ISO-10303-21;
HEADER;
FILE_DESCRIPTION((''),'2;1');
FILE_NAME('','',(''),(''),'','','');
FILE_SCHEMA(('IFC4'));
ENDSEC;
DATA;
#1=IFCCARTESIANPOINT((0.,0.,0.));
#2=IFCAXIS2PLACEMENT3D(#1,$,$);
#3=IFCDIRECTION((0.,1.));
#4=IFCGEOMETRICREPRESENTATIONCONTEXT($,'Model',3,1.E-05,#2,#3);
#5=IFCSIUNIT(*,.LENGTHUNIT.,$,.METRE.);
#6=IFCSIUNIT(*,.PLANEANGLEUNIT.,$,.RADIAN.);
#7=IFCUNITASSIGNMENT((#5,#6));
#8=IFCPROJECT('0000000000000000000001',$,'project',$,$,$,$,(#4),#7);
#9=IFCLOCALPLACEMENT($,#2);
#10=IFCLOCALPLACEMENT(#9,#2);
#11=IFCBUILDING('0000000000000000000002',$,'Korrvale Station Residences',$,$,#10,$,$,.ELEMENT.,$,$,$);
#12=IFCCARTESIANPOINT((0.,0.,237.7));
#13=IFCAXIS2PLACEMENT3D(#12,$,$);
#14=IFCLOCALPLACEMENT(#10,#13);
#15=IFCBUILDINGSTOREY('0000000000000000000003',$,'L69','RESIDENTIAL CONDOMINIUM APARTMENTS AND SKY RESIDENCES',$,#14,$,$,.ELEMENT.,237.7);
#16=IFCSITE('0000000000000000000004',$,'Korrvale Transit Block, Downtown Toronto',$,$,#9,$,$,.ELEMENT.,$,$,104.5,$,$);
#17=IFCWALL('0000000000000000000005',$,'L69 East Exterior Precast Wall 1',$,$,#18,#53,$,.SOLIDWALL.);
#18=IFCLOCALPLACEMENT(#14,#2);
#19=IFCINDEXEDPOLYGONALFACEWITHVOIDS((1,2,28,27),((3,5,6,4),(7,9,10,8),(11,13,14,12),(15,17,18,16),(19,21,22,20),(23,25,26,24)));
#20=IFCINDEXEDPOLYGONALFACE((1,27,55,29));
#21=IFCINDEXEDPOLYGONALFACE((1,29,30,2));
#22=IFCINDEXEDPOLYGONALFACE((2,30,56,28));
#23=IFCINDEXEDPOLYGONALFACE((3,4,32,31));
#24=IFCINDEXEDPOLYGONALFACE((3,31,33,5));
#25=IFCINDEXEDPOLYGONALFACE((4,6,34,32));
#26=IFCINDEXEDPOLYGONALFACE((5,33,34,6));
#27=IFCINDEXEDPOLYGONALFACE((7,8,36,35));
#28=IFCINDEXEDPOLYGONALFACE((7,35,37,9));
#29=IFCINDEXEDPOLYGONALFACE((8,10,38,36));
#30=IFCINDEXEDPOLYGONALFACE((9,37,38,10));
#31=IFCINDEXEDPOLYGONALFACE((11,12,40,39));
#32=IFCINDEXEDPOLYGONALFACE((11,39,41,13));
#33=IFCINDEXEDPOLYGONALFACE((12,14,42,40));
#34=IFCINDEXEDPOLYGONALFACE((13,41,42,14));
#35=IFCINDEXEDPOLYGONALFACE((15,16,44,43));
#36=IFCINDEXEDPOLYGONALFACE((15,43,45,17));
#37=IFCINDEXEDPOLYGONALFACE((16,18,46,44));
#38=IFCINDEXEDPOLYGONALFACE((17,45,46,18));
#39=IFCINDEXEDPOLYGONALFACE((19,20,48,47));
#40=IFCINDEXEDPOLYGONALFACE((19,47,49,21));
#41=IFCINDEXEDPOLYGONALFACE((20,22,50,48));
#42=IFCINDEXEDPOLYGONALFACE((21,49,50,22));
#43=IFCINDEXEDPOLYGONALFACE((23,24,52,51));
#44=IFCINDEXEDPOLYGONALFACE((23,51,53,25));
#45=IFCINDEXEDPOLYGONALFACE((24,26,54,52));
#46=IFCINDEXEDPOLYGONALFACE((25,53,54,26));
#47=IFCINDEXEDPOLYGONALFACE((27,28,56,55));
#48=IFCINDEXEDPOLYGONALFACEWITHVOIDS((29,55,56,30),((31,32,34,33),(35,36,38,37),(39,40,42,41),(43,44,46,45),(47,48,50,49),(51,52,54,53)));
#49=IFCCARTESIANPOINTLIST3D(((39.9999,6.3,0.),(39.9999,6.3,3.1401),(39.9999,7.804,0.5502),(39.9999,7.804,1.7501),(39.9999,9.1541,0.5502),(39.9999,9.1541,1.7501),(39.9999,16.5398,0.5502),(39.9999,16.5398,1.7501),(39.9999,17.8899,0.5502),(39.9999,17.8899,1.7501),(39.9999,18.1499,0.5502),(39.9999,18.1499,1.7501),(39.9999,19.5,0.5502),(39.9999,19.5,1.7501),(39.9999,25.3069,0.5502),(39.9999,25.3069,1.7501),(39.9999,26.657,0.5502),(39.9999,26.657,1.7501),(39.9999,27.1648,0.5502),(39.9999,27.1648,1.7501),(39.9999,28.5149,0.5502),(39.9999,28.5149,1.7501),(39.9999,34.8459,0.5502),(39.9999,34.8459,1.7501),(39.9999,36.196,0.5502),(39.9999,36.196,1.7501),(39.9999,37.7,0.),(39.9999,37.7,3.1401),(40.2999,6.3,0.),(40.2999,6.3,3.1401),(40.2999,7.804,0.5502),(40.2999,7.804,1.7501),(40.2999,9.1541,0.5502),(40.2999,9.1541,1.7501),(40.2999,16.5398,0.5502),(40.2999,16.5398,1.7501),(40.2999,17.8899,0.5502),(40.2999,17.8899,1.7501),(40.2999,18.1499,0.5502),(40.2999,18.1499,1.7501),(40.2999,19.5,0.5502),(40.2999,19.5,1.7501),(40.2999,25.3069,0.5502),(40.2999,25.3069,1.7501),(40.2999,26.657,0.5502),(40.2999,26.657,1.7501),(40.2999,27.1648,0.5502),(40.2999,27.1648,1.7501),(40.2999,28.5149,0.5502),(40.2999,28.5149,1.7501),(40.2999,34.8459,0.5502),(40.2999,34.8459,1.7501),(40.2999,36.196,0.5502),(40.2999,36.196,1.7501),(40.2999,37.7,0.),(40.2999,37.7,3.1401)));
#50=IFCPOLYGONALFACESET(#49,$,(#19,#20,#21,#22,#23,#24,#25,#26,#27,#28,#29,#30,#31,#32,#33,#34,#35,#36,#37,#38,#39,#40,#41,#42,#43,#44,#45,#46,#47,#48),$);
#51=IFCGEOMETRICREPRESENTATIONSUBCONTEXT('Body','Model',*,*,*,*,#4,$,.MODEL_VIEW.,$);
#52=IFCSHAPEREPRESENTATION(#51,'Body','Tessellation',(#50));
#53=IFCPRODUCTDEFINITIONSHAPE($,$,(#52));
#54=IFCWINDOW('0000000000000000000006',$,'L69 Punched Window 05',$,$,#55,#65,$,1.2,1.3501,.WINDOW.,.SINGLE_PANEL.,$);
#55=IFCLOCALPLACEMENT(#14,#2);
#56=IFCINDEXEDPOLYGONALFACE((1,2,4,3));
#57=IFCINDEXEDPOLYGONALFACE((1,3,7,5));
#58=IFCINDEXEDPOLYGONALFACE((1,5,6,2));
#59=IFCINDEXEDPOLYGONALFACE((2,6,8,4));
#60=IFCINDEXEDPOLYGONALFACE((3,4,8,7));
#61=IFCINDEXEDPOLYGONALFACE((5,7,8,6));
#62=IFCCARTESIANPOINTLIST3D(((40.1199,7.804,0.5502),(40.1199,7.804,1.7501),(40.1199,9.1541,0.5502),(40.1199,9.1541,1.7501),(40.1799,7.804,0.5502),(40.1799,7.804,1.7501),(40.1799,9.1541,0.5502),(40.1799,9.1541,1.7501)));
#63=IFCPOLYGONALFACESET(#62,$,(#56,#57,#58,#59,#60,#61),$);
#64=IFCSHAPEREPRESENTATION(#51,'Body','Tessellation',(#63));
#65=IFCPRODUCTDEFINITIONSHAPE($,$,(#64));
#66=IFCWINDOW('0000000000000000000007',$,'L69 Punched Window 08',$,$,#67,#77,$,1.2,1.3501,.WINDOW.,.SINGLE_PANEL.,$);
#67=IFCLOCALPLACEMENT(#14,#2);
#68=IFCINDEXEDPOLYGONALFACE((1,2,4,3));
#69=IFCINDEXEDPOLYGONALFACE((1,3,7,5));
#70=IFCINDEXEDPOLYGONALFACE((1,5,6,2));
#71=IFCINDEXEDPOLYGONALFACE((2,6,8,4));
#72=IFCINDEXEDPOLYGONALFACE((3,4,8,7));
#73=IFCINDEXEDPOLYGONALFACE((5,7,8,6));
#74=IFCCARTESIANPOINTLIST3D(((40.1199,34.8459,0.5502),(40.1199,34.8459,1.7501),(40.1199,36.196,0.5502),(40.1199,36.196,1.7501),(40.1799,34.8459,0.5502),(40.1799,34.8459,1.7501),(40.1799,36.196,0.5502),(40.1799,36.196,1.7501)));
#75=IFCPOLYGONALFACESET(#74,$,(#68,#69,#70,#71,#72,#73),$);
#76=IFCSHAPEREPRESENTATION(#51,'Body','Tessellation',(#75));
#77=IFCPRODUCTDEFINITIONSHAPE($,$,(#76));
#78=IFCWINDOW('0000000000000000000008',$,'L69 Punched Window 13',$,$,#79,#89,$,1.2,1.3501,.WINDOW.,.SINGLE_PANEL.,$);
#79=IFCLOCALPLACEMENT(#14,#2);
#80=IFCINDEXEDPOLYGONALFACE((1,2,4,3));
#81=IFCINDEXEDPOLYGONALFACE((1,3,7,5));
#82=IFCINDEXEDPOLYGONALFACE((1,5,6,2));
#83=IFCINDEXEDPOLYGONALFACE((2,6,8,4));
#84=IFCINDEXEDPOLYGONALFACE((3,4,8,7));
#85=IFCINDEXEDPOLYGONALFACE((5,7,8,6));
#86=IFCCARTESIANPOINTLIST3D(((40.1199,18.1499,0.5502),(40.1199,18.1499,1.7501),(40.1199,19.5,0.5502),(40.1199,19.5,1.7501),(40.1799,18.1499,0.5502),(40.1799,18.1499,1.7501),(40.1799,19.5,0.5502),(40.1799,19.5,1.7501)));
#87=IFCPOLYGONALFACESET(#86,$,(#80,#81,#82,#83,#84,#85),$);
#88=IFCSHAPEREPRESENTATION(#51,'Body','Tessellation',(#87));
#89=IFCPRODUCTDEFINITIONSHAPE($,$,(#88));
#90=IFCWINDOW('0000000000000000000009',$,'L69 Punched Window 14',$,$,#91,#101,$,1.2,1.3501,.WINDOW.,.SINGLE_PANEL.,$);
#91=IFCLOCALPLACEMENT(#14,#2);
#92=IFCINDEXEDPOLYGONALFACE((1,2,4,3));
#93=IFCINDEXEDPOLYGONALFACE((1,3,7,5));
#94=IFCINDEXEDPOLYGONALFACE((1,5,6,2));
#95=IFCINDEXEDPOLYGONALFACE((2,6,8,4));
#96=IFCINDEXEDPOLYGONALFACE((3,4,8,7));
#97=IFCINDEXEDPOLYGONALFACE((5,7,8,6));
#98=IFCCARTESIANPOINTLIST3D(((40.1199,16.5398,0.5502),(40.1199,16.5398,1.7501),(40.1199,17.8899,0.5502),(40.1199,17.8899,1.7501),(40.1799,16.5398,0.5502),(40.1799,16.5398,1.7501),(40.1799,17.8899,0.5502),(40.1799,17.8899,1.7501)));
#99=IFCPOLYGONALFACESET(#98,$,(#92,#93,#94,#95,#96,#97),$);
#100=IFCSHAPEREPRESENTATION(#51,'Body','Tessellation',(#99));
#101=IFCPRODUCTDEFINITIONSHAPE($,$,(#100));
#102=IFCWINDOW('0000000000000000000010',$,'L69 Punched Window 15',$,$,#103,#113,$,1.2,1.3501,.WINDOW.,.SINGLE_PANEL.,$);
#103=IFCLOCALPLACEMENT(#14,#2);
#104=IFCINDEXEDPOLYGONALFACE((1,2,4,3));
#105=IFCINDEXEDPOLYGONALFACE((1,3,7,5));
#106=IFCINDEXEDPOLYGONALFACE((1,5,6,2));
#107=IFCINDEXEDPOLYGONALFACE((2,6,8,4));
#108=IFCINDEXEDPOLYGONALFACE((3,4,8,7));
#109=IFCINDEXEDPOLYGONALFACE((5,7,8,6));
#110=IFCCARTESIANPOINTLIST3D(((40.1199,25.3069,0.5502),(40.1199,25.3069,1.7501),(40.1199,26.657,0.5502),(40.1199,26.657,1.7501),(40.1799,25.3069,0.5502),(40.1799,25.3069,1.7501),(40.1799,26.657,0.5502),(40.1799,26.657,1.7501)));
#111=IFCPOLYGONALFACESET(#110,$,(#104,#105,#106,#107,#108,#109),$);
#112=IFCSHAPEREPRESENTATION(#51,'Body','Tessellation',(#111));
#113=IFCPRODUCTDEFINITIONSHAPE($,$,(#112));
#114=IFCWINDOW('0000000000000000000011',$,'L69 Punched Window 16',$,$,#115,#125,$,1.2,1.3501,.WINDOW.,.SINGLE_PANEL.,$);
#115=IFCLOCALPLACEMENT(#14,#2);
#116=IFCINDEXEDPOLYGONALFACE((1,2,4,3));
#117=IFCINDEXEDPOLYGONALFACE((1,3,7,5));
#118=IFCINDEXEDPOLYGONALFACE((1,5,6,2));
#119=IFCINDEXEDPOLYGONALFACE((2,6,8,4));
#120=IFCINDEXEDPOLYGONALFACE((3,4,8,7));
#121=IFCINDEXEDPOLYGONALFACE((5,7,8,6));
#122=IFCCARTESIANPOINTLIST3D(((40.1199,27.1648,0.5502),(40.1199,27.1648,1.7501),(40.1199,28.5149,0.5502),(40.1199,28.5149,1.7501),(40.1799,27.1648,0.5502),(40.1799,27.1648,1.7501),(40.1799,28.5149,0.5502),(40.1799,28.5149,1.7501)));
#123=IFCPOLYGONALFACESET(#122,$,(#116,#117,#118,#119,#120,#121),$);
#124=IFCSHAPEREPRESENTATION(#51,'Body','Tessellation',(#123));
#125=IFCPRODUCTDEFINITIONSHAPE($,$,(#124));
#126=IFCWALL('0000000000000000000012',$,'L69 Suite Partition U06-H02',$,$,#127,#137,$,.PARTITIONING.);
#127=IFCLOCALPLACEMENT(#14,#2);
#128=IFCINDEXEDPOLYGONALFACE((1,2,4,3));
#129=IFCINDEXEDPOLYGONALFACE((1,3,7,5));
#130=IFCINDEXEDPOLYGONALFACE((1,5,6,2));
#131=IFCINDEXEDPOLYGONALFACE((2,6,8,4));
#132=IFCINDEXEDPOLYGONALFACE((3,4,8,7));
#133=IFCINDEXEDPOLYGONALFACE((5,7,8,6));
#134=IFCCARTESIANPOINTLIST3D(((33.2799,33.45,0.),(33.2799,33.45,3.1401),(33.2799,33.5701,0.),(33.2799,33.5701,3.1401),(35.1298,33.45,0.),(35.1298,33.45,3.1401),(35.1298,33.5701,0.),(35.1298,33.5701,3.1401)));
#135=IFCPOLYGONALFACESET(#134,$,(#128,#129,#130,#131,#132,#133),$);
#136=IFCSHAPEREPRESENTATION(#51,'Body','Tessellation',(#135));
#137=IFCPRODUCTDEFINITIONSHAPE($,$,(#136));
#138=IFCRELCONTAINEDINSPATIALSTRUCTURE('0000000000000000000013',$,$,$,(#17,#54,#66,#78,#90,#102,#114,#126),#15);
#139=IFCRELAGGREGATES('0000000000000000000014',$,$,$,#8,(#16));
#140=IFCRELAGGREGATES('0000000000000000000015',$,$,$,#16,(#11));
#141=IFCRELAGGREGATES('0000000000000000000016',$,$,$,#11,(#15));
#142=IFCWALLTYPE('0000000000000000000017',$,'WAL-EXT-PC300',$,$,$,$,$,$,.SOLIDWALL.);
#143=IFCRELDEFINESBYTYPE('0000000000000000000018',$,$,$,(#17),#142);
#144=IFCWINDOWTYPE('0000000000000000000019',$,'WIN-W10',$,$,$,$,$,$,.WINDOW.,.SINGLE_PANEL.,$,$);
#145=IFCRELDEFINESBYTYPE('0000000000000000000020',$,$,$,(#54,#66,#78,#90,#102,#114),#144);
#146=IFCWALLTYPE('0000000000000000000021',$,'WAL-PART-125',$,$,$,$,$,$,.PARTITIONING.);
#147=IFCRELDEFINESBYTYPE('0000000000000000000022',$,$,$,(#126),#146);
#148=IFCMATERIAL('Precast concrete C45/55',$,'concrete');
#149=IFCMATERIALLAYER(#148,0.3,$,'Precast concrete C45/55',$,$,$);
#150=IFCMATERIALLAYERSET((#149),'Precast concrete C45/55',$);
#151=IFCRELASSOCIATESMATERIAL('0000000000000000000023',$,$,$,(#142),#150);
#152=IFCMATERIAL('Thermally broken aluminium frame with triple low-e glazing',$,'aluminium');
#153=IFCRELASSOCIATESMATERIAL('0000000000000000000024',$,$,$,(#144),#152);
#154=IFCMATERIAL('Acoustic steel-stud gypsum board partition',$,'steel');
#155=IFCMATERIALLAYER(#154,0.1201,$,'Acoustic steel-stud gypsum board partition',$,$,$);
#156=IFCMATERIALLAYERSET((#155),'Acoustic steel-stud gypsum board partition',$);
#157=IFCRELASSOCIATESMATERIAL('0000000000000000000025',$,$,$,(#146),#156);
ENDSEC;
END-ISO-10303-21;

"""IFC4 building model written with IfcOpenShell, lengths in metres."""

from ifc_helpers import new_model, si_unit, direction, frame, frame_2d, origin, place, context, subcontext, project, spatial, rectangle, extrude, material, layer, layer_set, type_object, element, fill, save


model = new_model("IFC4")

# Units and contexts
model_context = context("Model", 3, precision=1e-05, world=origin(), true_north=direction((0.0, 1.0)))
body_context = subcontext(model_context, "Body", "Model", "MODEL_VIEW")
ifc_project = project(units=[si_unit("LENGTHUNIT", "METRE"), si_unit("PLANEANGLEUNIT", "RADIAN")], contexts=[model_context])

# Site, building, storey
site_placement = place(None, origin())
site = spatial("IfcSite", under=ifc_project, at=site_placement, Name="Korrvale Transit Block, Downtown Toronto", CompositionType="ELEMENT", RefElevation=104.5)
building_placement = place(site_placement, origin())
building = spatial("IfcBuilding", under=site, at=building_placement, Name="Korrvale Station Residences", CompositionType="ELEMENT")
storey_placement = place(building_placement, frame((0.0, 0.0, 237.7)))
storey = spatial("IfcBuildingStorey", under=building, at=storey_placement, Name="L69", Description="RESIDENTIAL CONDOMINIUM APARTMENTS AND SKY RESIDENCES", CompositionType="ELEMENT", Elevation=237.7)

# Shared definitions
ifc_material_1 = material(Name="Precast concrete C45/55", Category="concrete")
ifc_layer_1 = layer(ifc_material_1, 0.3, Name="Precast concrete C45/55")
ifc_layer_set_1 = layer_set([ifc_layer_1], Name="Precast concrete C45/55")
wall_type_1 = type_object("IfcWallType", Name="WAL-EXT-PC300", PredefinedType="SOLIDWALL", material=ifc_layer_set_1)

# Wall, openings, windows
wall_1_placement = place(storey_placement, frame((40.1499, 37.7, 0.0), z_axis=(0.0, 0.0, 1.0), x_axis=(0.0, -1.0, 0.0)))
wall_1 = element("IfcWall", 1, at=wall_1_placement, inside=storey, type_object=wall_type_1, Name="L69 East Exterior Precast Wall 1", PredefinedType="SOLIDWALL", context=body_context, shape_type="SweptSolid", body=[
    extrude(rectangle(XDim=31.3999, YDim=0.3, at=frame_2d((15.7, 0.0))), origin(), (0.0, 0.0, 1.0), 3.1401),
])
opening_1_placement = place(wall_1_placement, frame((28.5459, 0.0, 0.55)))
opening_1 = element("IfcOpeningElement", 2, at=opening_1_placement, cuts=wall_1, PredefinedType="OPENING", context=body_context, shape_type="SweptSolid", body=[
    extrude(rectangle(XDim=1.3501, YDim=1.2, at=frame_2d((0.675, 0.6001))), frame((0.0, 0.1602, 0.0), z_axis=(0.0, -1.0, 0.0), x_axis=(1.0, 0.0, 0.0)), (0.0, 0.0, 1.0), 0.3201),
])
opening_2_placement = place(wall_1_placement, frame((1.5039, 0.0, 0.55)))
opening_2 = element("IfcOpeningElement", 3, at=opening_2_placement, cuts=wall_1, PredefinedType="OPENING", context=body_context, shape_type="SweptSolid", body=[
    extrude(rectangle(XDim=1.3501, YDim=1.2, at=frame_2d((0.675, 0.6001))), frame((0.0, 0.1602, 0.0), z_axis=(0.0, -1.0, 0.0), x_axis=(1.0, 0.0, 0.0)), (0.0, 0.0, 1.0), 0.3201),
])
opening_3_placement = place(wall_1_placement, frame((18.2, 0.0, 0.55)))
opening_3 = element("IfcOpeningElement", 4, at=opening_3_placement, cuts=wall_1, PredefinedType="OPENING", context=body_context, shape_type="SweptSolid", body=[
    extrude(rectangle(XDim=1.3501, YDim=1.2, at=frame_2d((0.675, 0.6001))), frame((0.0, 0.1602, 0.0), z_axis=(0.0, -1.0, 0.0), x_axis=(1.0, 0.0, 0.0)), (0.0, 0.0, 1.0), 0.3201),
])
opening_4_placement = place(wall_1_placement, frame((19.8101, 0.0, 0.55)))
opening_4 = element("IfcOpeningElement", 5, at=opening_4_placement, cuts=wall_1, PredefinedType="OPENING", context=body_context, shape_type="SweptSolid", body=[
    extrude(rectangle(XDim=1.3501, YDim=1.2, at=frame_2d((0.675, 0.6001))), frame((0.0, 0.1602, 0.0), z_axis=(0.0, -1.0, 0.0), x_axis=(1.0, 0.0, 0.0)), (0.0, 0.0, 1.0), 0.3201),
])
opening_5_placement = place(wall_1_placement, frame((11.043, 0.0, 0.55)))
opening_5 = element("IfcOpeningElement", 6, at=opening_5_placement, cuts=wall_1, PredefinedType="OPENING", context=body_context, shape_type="SweptSolid", body=[
    extrude(rectangle(XDim=1.3501, YDim=1.2, at=frame_2d((0.675, 0.6001))), frame((0.0, 0.1602, 0.0), z_axis=(0.0, -1.0, 0.0), x_axis=(1.0, 0.0, 0.0)), (0.0, 0.0, 1.0), 0.3201),
])
opening_6_placement = place(wall_1_placement, frame((9.1851, 0.0, 0.55)))
opening_6 = element("IfcOpeningElement", 7, at=opening_6_placement, cuts=wall_1, PredefinedType="OPENING", context=body_context, shape_type="SweptSolid", body=[
    extrude(rectangle(XDim=1.3501, YDim=1.2, at=frame_2d((0.675, 0.6001))), frame((0.0, 0.1602, 0.0), z_axis=(0.0, -1.0, 0.0), x_axis=(1.0, 0.0, 0.0)), (0.0, 0.0, 1.0), 0.3201),
])
ifc_material_2 = material(Name="Thermally broken aluminium frame with triple low-e glazing", Category="aluminium")
window_type = type_object("IfcWindowType", Name="WIN-W10", PartitioningType="SINGLE_PANEL", PredefinedType="WINDOW", material=ifc_material_2)
window_1_placement = place(opening_1_placement, origin())
window_1 = element("IfcWindow", 8, at=window_1_placement, inside=storey, type_object=window_type, Name="L69 Punched Window 05", OverallHeight=1.2, OverallWidth=1.3501, PartitioningType="SINGLE_PANEL", PredefinedType="WINDOW", context=body_context, shape_type="SweptSolid", body=[
    extrude(rectangle(XDim=1.3501, YDim=1.2, at=frame_2d((0.675, 0.6001))), frame((0.0, 0.03, 0.0), z_axis=(0.0, -1.0, 0.0), x_axis=(1.0, 0.0, 0.0)), (0.0, 0.0, 1.0), 0.0601),
])
fill(opening_1, window_1)
window_2_placement = place(opening_2_placement, origin())
window_2 = element("IfcWindow", 9, at=window_2_placement, inside=storey, type_object=window_type, Name="L69 Punched Window 08", OverallHeight=1.2, OverallWidth=1.3501, PartitioningType="SINGLE_PANEL", PredefinedType="WINDOW", context=body_context, shape_type="SweptSolid", body=[
    extrude(rectangle(XDim=1.3501, YDim=1.2, at=frame_2d((0.675, 0.6001))), frame((0.0, 0.03, 0.0), z_axis=(0.0, -1.0, 0.0), x_axis=(1.0, 0.0, 0.0)), (0.0, 0.0, 1.0), 0.0601),
])
fill(opening_2, window_2)
window_3_placement = place(opening_3_placement, origin())
window_3 = element("IfcWindow", 10, at=window_3_placement, inside=storey, type_object=window_type, Name="L69 Punched Window 13", OverallHeight=1.2, OverallWidth=1.3501, PartitioningType="SINGLE_PANEL", PredefinedType="WINDOW", context=body_context, shape_type="SweptSolid", body=[
    extrude(rectangle(XDim=1.3501, YDim=1.2, at=frame_2d((0.675, 0.6001))), frame((0.0, 0.03, 0.0), z_axis=(0.0, -1.0, 0.0), x_axis=(1.0, 0.0, 0.0)), (0.0, 0.0, 1.0), 0.0601),
])
fill(opening_3, window_3)
window_4_placement = place(opening_4_placement, origin())
window_4 = element("IfcWindow", 11, at=window_4_placement, inside=storey, type_object=window_type, Name="L69 Punched Window 14", OverallHeight=1.2, OverallWidth=1.3501, PartitioningType="SINGLE_PANEL", PredefinedType="WINDOW", context=body_context, shape_type="SweptSolid", body=[
    extrude(rectangle(XDim=1.3501, YDim=1.2, at=frame_2d((0.675, 0.6001))), frame((0.0, 0.03, 0.0), z_axis=(0.0, -1.0, 0.0), x_axis=(1.0, 0.0, 0.0)), (0.0, 0.0, 1.0), 0.0601),
])
fill(opening_4, window_4)
window_5_placement = place(opening_5_placement, origin())
window_5 = element("IfcWindow", 12, at=window_5_placement, inside=storey, type_object=window_type, Name="L69 Punched Window 15", OverallHeight=1.2, OverallWidth=1.3501, PartitioningType="SINGLE_PANEL", PredefinedType="WINDOW", context=body_context, shape_type="SweptSolid", body=[
    extrude(rectangle(XDim=1.3501, YDim=1.2, at=frame_2d((0.675, 0.6001))), frame((0.0, 0.03, 0.0), z_axis=(0.0, -1.0, 0.0), x_axis=(1.0, 0.0, 0.0)), (0.0, 0.0, 1.0), 0.0601),
])
fill(opening_5, window_5)
window_6_placement = place(opening_6_placement, origin())
window_6 = element("IfcWindow", 13, at=window_6_placement, inside=storey, type_object=window_type, Name="L69 Punched Window 16", OverallHeight=1.2, OverallWidth=1.3501, PartitioningType="SINGLE_PANEL", PredefinedType="WINDOW", context=body_context, shape_type="SweptSolid", body=[
    extrude(rectangle(XDim=1.3501, YDim=1.2, at=frame_2d((0.675, 0.6001))), frame((0.0, 0.03, 0.0), z_axis=(0.0, -1.0, 0.0), x_axis=(1.0, 0.0, 0.0)), (0.0, 0.0, 1.0), 0.0601),
])
fill(opening_6, window_6)

# Wall
ifc_material_3 = material(Name="Acoustic steel-stud gypsum board partition", Category="steel")
ifc_layer_2 = layer(ifc_material_3, 0.1201, Name="Acoustic steel-stud gypsum board partition")
ifc_layer_set_2 = layer_set([ifc_layer_2], Name="Acoustic steel-stud gypsum board partition")
wall_type_2 = type_object("IfcWallType", Name="WAL-PART-125", PredefinedType="PARTITIONING", material=ifc_layer_set_2)
wall_2_placement = place(storey_placement, frame((33.28, 33.51, 0.0), z_axis=(0.0, 0.0, 1.0), x_axis=(1.0, 0.0, 0.0)))
element("IfcWall", 14, at=wall_2_placement, inside=storey, type_object=wall_type_2, Name="L69 Suite Partition U06-H02", PredefinedType="PARTITIONING", context=body_context, shape_type="SweptSolid", body=[
    extrude(rectangle(XDim=1.8499, YDim=0.1201, at=frame_2d((0.9248, 0.0))), origin(), (0.0, 0.0, 1.0), 3.1401),
])

save(model, "model.ifc")
